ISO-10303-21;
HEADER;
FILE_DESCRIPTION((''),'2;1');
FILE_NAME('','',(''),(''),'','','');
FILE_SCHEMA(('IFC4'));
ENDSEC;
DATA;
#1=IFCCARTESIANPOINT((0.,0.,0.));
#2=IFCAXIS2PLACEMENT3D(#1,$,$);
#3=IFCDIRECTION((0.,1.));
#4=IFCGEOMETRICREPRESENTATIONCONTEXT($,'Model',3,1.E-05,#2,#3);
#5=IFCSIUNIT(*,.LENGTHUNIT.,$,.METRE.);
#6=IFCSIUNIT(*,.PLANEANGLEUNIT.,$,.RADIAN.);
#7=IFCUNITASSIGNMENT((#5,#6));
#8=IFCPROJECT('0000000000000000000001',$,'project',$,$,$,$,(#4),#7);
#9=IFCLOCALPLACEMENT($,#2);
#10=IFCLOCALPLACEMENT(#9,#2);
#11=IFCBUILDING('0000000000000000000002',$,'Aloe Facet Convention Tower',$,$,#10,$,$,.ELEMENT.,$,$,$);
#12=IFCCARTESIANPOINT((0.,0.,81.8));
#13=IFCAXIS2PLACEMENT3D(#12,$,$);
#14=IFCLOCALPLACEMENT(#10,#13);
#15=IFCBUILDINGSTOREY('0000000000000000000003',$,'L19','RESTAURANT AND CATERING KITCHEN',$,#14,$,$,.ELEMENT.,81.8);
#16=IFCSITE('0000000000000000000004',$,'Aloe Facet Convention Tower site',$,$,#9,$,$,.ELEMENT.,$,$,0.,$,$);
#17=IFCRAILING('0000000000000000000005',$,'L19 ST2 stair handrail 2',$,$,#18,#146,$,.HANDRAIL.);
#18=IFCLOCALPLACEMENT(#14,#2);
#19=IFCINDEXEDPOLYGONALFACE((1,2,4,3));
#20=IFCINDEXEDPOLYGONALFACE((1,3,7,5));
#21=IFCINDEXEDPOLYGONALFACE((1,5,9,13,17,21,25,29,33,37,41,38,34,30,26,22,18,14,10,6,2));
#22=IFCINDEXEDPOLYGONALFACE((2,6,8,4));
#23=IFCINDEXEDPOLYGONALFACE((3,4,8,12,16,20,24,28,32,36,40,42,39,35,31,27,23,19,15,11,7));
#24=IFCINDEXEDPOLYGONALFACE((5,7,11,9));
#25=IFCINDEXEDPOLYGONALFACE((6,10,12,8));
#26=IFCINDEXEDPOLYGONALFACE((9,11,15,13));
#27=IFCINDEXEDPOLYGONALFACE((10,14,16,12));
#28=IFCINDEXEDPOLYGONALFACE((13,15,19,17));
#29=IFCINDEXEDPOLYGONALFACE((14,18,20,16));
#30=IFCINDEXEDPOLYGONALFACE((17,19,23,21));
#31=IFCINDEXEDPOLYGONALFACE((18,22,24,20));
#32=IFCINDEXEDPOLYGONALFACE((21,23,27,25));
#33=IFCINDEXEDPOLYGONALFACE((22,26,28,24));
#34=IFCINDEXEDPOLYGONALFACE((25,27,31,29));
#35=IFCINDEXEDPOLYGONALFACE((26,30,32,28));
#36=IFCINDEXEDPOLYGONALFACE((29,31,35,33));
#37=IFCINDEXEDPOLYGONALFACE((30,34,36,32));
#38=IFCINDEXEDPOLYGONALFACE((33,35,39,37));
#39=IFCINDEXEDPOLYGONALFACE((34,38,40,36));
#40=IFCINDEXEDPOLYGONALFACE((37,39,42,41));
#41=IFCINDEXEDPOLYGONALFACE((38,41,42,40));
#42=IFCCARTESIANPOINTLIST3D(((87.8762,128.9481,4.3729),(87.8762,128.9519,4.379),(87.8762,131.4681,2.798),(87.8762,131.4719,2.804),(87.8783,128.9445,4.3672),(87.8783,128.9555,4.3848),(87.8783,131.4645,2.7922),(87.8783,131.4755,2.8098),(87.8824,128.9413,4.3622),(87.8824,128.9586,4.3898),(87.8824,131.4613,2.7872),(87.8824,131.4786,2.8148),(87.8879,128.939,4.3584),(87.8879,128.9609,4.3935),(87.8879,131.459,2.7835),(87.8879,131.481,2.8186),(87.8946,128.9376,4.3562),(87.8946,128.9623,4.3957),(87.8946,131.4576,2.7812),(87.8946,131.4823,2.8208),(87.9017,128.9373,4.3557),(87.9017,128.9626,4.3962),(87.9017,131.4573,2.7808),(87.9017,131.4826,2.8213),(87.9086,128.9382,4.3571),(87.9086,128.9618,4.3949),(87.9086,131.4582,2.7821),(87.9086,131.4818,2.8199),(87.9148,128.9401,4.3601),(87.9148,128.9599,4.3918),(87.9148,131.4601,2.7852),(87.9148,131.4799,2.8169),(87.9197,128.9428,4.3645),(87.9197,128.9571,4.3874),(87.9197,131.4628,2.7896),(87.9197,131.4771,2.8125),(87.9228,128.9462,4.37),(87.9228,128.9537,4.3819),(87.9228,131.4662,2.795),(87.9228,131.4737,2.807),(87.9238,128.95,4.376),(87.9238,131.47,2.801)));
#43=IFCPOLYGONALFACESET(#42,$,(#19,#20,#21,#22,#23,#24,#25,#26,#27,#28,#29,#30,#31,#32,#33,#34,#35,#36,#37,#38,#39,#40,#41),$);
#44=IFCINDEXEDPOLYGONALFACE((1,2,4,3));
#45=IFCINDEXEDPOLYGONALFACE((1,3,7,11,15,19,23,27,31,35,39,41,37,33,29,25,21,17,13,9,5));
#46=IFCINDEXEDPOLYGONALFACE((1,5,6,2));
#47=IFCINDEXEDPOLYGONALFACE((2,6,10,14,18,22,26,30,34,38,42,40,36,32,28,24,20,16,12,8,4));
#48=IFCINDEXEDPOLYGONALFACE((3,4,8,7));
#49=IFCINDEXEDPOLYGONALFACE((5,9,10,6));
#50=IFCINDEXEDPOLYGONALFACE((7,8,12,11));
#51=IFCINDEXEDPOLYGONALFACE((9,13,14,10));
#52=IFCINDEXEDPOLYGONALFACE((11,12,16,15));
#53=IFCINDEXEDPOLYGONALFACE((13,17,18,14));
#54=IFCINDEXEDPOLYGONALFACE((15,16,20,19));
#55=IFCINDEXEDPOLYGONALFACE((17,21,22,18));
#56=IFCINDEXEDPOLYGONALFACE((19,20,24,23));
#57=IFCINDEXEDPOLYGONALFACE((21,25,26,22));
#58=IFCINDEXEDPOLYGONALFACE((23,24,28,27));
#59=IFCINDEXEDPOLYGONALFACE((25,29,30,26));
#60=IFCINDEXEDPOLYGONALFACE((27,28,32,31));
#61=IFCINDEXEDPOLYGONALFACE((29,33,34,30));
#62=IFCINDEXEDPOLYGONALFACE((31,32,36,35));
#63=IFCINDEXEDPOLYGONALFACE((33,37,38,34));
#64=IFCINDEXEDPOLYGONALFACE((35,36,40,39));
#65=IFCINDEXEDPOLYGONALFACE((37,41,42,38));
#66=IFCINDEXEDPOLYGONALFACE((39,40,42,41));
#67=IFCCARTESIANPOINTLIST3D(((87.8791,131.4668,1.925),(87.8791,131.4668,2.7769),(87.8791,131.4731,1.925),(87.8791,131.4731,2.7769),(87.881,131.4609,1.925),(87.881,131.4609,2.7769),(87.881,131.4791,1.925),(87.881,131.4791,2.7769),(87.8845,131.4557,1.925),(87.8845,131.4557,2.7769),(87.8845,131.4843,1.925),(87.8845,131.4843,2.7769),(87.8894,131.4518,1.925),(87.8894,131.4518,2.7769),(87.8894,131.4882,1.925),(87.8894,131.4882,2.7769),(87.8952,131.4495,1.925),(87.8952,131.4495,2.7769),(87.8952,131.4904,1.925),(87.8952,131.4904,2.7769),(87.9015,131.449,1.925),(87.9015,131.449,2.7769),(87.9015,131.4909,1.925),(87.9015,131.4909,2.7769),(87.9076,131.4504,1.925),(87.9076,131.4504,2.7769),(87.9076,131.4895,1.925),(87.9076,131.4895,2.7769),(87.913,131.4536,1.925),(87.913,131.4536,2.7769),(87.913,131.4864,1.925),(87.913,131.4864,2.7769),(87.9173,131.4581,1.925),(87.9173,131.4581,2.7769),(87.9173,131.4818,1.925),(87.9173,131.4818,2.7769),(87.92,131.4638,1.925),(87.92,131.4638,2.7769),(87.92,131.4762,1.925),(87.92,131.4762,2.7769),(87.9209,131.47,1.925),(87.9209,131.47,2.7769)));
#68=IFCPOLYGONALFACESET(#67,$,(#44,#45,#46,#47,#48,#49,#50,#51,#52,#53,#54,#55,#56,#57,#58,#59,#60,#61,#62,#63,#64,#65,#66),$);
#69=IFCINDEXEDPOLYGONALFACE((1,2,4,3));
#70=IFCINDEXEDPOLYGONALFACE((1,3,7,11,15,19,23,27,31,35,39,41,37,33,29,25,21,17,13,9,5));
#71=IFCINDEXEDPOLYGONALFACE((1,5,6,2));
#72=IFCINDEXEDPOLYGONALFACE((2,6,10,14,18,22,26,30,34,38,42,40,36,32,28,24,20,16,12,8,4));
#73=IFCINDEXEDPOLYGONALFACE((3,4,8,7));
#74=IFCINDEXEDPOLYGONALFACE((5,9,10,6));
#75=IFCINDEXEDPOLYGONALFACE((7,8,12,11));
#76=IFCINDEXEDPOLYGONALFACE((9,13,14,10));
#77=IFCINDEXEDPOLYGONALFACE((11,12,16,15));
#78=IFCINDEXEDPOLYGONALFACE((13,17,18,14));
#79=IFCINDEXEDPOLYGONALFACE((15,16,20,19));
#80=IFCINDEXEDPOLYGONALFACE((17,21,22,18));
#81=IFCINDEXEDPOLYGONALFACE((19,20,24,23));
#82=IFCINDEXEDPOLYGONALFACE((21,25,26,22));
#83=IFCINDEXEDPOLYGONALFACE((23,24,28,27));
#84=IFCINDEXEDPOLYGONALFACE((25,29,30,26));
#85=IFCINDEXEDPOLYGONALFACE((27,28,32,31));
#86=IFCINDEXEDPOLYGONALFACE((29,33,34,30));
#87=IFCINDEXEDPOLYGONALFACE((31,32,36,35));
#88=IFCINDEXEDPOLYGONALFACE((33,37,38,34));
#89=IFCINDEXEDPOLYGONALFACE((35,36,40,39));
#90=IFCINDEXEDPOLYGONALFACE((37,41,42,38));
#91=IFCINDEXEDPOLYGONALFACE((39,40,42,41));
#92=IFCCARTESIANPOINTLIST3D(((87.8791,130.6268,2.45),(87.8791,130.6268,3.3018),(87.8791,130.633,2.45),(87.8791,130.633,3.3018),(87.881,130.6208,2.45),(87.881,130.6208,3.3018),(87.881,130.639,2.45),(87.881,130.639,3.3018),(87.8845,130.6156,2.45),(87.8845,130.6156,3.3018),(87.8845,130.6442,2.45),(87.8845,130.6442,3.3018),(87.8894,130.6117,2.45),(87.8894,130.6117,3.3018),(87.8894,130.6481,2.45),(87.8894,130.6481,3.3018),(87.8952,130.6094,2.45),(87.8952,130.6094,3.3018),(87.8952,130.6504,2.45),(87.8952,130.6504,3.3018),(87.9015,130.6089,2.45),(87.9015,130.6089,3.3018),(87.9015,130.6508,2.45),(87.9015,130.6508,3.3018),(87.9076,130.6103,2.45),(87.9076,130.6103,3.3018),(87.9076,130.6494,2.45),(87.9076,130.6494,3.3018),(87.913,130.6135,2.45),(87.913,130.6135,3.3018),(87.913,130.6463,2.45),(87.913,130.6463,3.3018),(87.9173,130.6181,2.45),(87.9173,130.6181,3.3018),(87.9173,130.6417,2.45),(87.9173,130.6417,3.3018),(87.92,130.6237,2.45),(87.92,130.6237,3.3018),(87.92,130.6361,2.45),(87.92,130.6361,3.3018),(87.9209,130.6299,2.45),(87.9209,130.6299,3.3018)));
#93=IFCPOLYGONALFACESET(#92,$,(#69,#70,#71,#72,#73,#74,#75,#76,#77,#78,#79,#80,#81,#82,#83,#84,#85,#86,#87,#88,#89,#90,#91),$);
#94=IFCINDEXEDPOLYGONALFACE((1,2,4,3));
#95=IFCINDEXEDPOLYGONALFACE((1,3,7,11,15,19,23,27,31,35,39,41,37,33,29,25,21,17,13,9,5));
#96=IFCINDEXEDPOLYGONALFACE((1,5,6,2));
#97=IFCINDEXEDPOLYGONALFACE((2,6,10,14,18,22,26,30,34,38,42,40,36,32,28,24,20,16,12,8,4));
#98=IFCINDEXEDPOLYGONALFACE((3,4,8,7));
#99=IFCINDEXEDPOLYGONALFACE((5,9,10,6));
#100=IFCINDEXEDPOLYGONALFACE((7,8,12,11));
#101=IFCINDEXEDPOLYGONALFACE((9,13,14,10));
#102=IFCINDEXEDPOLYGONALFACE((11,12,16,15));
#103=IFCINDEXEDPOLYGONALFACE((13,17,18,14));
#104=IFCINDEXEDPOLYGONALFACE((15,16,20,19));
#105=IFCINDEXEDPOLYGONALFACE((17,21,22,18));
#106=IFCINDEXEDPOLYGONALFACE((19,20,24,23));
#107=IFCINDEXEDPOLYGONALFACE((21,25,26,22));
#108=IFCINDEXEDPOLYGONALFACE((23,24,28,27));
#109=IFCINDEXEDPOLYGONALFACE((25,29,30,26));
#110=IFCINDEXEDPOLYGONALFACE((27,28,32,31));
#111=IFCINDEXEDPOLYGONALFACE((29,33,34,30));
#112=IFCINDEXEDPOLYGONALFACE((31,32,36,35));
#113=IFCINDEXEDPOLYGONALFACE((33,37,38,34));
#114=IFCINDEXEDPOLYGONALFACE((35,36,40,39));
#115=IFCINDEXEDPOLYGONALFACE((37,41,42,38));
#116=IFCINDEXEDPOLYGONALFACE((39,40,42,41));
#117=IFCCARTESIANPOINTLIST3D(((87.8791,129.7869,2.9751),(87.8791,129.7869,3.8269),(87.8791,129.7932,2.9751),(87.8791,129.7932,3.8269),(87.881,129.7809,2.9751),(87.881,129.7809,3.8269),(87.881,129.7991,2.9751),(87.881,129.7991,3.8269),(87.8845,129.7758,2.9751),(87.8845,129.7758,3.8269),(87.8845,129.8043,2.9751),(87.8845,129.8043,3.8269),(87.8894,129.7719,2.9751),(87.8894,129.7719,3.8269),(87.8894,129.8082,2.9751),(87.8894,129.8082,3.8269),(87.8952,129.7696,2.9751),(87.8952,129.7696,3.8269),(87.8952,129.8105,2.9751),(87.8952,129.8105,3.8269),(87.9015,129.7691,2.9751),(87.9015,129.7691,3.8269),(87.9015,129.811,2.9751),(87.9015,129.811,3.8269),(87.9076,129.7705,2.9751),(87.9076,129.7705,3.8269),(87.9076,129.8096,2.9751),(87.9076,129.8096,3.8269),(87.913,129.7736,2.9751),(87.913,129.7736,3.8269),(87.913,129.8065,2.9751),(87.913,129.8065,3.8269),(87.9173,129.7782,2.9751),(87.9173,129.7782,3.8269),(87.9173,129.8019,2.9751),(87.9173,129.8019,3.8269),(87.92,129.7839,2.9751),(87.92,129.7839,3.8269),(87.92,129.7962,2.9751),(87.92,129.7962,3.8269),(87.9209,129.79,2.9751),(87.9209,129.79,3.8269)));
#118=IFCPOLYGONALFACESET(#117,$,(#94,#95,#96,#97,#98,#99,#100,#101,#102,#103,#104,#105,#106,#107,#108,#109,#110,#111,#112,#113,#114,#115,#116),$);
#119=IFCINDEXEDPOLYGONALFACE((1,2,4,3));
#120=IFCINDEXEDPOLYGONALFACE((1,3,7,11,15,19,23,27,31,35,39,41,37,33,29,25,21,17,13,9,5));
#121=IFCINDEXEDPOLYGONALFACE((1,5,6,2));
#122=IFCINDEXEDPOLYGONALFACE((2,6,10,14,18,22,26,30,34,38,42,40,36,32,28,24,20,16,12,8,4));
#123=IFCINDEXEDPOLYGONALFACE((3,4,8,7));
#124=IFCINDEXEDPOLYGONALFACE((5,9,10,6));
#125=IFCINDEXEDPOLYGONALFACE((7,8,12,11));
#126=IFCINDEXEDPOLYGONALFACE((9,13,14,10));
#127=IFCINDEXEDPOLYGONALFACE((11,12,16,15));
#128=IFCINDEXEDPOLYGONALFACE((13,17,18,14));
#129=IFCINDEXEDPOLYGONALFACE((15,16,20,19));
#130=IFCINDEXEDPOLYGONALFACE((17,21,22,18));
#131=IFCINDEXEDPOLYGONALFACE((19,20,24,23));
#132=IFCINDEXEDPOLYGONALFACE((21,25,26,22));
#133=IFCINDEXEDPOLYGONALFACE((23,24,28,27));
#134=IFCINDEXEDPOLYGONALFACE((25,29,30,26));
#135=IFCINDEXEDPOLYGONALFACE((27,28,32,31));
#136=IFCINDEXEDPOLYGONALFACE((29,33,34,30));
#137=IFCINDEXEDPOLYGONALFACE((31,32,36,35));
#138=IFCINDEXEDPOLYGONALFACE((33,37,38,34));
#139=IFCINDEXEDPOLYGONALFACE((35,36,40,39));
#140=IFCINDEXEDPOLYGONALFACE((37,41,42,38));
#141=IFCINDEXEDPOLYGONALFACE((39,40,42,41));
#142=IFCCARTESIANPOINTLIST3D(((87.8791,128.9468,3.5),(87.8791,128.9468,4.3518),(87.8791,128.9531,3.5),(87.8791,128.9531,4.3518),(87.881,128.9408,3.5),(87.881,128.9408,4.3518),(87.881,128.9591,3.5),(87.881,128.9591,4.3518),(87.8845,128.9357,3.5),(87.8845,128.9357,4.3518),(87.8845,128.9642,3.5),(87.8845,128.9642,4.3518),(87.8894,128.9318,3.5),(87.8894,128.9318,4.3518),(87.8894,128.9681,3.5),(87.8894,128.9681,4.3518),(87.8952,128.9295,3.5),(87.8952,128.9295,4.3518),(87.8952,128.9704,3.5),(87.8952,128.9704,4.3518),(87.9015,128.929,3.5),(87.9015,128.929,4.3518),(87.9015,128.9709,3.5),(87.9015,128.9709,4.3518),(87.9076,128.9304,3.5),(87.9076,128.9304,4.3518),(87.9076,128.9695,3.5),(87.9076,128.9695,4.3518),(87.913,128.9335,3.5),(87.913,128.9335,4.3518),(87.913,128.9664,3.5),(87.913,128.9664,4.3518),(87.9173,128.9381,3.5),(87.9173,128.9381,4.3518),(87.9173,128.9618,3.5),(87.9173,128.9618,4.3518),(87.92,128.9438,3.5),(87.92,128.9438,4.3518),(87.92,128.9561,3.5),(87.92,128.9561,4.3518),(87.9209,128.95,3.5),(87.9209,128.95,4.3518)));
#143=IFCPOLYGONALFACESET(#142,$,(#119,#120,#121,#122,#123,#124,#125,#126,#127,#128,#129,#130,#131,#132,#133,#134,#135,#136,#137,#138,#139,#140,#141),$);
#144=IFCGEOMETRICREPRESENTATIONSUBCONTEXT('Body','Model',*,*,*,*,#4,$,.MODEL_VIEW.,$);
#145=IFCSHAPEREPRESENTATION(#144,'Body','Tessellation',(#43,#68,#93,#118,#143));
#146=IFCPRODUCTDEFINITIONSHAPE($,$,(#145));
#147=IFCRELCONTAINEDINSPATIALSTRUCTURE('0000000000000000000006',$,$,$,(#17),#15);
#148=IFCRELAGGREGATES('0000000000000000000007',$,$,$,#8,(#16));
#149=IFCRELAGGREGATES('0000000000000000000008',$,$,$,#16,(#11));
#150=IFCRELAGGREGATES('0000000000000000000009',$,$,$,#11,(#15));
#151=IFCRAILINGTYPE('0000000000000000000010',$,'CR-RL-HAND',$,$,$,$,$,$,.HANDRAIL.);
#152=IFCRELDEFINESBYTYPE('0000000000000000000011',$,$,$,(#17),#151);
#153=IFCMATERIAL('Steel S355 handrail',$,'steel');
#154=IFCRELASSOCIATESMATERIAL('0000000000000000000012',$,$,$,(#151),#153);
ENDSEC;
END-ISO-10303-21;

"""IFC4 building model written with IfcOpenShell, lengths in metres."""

from ifc_helpers import new_model, si_unit, direction, frame, origin, origin_2d, place, context, subcontext, project, spatial, circle, extrude, material, type_object, element, save


model = new_model("IFC4")

# Units and contexts
model_context = context("Model", 3, precision=1e-05, world=origin(), true_north=direction((0.0, 1.0)))
body_context = subcontext(model_context, "Body", "Model", "MODEL_VIEW")
ifc_project = project(units=[si_unit("LENGTHUNIT", "METRE"), si_unit("PLANEANGLEUNIT", "RADIAN")], contexts=[model_context])

# Site, building, storey
site_placement = place(None, origin())
site = spatial("IfcSite", under=ifc_project, at=site_placement, Name="Aloe Facet Convention Tower site", CompositionType="ELEMENT", RefElevation=0.0)
building_placement = place(site_placement, origin())
building = spatial("IfcBuilding", under=site, at=building_placement, Name="Aloe Facet Convention Tower", CompositionType="ELEMENT")
storey_placement = place(building_placement, frame((0.0, 0.0, 81.8)))
storey = spatial("IfcBuildingStorey", under=building, at=storey_placement, Name="L19", Description="RESTAURANT AND CATERING KITCHEN", CompositionType="ELEMENT", Elevation=81.8)

# Railing
ifc_material_1 = material(Name="Steel S355 handrail", Category="steel")
railing_type_1 = type_object("IfcRailingType", Name="CR-RL-HAND", PredefinedType="HANDRAIL", material=ifc_material_1)
railing_1_placement = place(storey_placement, frame((87.8999, 131.47, 1.925)))
element("IfcRailing", 1, at=railing_1_placement, inside=storey, type_object=railing_type_1, Name="L19 ST2 stair handrail 2", PredefinedType="HANDRAIL", context=body_context, shape_type="SweptSolid", body=[
    extrude(circle(Radius=0.0239, at=origin_2d()), frame((0.0, 0.0, 0.876), z_axis=(0.0, -0.848008, 0.529984), x_axis=(1.0, 0.0, 0.0)), (0.0, 0.0, 1.0), 2.9717),
    extrude(circle(Radius=0.021, at=origin_2d()), origin(), (0.0, 0.0, 1.0), 0.8518),
    extrude(circle(Radius=0.021, at=origin_2d()), frame((0.0, -0.8401, 0.5249)), (0.0, 0.0, 1.0), 0.8518),
    extrude(circle(Radius=0.021, at=origin_2d()), frame((0.0, -1.6799, 1.05)), (0.0, 0.0, 1.0), 0.8518),
    extrude(circle(Radius=0.021, at=origin_2d()), frame((0.0, -2.52, 1.575)), (0.0, 0.0, 1.0), 0.8518),
])

save(model, "model.ifc")
